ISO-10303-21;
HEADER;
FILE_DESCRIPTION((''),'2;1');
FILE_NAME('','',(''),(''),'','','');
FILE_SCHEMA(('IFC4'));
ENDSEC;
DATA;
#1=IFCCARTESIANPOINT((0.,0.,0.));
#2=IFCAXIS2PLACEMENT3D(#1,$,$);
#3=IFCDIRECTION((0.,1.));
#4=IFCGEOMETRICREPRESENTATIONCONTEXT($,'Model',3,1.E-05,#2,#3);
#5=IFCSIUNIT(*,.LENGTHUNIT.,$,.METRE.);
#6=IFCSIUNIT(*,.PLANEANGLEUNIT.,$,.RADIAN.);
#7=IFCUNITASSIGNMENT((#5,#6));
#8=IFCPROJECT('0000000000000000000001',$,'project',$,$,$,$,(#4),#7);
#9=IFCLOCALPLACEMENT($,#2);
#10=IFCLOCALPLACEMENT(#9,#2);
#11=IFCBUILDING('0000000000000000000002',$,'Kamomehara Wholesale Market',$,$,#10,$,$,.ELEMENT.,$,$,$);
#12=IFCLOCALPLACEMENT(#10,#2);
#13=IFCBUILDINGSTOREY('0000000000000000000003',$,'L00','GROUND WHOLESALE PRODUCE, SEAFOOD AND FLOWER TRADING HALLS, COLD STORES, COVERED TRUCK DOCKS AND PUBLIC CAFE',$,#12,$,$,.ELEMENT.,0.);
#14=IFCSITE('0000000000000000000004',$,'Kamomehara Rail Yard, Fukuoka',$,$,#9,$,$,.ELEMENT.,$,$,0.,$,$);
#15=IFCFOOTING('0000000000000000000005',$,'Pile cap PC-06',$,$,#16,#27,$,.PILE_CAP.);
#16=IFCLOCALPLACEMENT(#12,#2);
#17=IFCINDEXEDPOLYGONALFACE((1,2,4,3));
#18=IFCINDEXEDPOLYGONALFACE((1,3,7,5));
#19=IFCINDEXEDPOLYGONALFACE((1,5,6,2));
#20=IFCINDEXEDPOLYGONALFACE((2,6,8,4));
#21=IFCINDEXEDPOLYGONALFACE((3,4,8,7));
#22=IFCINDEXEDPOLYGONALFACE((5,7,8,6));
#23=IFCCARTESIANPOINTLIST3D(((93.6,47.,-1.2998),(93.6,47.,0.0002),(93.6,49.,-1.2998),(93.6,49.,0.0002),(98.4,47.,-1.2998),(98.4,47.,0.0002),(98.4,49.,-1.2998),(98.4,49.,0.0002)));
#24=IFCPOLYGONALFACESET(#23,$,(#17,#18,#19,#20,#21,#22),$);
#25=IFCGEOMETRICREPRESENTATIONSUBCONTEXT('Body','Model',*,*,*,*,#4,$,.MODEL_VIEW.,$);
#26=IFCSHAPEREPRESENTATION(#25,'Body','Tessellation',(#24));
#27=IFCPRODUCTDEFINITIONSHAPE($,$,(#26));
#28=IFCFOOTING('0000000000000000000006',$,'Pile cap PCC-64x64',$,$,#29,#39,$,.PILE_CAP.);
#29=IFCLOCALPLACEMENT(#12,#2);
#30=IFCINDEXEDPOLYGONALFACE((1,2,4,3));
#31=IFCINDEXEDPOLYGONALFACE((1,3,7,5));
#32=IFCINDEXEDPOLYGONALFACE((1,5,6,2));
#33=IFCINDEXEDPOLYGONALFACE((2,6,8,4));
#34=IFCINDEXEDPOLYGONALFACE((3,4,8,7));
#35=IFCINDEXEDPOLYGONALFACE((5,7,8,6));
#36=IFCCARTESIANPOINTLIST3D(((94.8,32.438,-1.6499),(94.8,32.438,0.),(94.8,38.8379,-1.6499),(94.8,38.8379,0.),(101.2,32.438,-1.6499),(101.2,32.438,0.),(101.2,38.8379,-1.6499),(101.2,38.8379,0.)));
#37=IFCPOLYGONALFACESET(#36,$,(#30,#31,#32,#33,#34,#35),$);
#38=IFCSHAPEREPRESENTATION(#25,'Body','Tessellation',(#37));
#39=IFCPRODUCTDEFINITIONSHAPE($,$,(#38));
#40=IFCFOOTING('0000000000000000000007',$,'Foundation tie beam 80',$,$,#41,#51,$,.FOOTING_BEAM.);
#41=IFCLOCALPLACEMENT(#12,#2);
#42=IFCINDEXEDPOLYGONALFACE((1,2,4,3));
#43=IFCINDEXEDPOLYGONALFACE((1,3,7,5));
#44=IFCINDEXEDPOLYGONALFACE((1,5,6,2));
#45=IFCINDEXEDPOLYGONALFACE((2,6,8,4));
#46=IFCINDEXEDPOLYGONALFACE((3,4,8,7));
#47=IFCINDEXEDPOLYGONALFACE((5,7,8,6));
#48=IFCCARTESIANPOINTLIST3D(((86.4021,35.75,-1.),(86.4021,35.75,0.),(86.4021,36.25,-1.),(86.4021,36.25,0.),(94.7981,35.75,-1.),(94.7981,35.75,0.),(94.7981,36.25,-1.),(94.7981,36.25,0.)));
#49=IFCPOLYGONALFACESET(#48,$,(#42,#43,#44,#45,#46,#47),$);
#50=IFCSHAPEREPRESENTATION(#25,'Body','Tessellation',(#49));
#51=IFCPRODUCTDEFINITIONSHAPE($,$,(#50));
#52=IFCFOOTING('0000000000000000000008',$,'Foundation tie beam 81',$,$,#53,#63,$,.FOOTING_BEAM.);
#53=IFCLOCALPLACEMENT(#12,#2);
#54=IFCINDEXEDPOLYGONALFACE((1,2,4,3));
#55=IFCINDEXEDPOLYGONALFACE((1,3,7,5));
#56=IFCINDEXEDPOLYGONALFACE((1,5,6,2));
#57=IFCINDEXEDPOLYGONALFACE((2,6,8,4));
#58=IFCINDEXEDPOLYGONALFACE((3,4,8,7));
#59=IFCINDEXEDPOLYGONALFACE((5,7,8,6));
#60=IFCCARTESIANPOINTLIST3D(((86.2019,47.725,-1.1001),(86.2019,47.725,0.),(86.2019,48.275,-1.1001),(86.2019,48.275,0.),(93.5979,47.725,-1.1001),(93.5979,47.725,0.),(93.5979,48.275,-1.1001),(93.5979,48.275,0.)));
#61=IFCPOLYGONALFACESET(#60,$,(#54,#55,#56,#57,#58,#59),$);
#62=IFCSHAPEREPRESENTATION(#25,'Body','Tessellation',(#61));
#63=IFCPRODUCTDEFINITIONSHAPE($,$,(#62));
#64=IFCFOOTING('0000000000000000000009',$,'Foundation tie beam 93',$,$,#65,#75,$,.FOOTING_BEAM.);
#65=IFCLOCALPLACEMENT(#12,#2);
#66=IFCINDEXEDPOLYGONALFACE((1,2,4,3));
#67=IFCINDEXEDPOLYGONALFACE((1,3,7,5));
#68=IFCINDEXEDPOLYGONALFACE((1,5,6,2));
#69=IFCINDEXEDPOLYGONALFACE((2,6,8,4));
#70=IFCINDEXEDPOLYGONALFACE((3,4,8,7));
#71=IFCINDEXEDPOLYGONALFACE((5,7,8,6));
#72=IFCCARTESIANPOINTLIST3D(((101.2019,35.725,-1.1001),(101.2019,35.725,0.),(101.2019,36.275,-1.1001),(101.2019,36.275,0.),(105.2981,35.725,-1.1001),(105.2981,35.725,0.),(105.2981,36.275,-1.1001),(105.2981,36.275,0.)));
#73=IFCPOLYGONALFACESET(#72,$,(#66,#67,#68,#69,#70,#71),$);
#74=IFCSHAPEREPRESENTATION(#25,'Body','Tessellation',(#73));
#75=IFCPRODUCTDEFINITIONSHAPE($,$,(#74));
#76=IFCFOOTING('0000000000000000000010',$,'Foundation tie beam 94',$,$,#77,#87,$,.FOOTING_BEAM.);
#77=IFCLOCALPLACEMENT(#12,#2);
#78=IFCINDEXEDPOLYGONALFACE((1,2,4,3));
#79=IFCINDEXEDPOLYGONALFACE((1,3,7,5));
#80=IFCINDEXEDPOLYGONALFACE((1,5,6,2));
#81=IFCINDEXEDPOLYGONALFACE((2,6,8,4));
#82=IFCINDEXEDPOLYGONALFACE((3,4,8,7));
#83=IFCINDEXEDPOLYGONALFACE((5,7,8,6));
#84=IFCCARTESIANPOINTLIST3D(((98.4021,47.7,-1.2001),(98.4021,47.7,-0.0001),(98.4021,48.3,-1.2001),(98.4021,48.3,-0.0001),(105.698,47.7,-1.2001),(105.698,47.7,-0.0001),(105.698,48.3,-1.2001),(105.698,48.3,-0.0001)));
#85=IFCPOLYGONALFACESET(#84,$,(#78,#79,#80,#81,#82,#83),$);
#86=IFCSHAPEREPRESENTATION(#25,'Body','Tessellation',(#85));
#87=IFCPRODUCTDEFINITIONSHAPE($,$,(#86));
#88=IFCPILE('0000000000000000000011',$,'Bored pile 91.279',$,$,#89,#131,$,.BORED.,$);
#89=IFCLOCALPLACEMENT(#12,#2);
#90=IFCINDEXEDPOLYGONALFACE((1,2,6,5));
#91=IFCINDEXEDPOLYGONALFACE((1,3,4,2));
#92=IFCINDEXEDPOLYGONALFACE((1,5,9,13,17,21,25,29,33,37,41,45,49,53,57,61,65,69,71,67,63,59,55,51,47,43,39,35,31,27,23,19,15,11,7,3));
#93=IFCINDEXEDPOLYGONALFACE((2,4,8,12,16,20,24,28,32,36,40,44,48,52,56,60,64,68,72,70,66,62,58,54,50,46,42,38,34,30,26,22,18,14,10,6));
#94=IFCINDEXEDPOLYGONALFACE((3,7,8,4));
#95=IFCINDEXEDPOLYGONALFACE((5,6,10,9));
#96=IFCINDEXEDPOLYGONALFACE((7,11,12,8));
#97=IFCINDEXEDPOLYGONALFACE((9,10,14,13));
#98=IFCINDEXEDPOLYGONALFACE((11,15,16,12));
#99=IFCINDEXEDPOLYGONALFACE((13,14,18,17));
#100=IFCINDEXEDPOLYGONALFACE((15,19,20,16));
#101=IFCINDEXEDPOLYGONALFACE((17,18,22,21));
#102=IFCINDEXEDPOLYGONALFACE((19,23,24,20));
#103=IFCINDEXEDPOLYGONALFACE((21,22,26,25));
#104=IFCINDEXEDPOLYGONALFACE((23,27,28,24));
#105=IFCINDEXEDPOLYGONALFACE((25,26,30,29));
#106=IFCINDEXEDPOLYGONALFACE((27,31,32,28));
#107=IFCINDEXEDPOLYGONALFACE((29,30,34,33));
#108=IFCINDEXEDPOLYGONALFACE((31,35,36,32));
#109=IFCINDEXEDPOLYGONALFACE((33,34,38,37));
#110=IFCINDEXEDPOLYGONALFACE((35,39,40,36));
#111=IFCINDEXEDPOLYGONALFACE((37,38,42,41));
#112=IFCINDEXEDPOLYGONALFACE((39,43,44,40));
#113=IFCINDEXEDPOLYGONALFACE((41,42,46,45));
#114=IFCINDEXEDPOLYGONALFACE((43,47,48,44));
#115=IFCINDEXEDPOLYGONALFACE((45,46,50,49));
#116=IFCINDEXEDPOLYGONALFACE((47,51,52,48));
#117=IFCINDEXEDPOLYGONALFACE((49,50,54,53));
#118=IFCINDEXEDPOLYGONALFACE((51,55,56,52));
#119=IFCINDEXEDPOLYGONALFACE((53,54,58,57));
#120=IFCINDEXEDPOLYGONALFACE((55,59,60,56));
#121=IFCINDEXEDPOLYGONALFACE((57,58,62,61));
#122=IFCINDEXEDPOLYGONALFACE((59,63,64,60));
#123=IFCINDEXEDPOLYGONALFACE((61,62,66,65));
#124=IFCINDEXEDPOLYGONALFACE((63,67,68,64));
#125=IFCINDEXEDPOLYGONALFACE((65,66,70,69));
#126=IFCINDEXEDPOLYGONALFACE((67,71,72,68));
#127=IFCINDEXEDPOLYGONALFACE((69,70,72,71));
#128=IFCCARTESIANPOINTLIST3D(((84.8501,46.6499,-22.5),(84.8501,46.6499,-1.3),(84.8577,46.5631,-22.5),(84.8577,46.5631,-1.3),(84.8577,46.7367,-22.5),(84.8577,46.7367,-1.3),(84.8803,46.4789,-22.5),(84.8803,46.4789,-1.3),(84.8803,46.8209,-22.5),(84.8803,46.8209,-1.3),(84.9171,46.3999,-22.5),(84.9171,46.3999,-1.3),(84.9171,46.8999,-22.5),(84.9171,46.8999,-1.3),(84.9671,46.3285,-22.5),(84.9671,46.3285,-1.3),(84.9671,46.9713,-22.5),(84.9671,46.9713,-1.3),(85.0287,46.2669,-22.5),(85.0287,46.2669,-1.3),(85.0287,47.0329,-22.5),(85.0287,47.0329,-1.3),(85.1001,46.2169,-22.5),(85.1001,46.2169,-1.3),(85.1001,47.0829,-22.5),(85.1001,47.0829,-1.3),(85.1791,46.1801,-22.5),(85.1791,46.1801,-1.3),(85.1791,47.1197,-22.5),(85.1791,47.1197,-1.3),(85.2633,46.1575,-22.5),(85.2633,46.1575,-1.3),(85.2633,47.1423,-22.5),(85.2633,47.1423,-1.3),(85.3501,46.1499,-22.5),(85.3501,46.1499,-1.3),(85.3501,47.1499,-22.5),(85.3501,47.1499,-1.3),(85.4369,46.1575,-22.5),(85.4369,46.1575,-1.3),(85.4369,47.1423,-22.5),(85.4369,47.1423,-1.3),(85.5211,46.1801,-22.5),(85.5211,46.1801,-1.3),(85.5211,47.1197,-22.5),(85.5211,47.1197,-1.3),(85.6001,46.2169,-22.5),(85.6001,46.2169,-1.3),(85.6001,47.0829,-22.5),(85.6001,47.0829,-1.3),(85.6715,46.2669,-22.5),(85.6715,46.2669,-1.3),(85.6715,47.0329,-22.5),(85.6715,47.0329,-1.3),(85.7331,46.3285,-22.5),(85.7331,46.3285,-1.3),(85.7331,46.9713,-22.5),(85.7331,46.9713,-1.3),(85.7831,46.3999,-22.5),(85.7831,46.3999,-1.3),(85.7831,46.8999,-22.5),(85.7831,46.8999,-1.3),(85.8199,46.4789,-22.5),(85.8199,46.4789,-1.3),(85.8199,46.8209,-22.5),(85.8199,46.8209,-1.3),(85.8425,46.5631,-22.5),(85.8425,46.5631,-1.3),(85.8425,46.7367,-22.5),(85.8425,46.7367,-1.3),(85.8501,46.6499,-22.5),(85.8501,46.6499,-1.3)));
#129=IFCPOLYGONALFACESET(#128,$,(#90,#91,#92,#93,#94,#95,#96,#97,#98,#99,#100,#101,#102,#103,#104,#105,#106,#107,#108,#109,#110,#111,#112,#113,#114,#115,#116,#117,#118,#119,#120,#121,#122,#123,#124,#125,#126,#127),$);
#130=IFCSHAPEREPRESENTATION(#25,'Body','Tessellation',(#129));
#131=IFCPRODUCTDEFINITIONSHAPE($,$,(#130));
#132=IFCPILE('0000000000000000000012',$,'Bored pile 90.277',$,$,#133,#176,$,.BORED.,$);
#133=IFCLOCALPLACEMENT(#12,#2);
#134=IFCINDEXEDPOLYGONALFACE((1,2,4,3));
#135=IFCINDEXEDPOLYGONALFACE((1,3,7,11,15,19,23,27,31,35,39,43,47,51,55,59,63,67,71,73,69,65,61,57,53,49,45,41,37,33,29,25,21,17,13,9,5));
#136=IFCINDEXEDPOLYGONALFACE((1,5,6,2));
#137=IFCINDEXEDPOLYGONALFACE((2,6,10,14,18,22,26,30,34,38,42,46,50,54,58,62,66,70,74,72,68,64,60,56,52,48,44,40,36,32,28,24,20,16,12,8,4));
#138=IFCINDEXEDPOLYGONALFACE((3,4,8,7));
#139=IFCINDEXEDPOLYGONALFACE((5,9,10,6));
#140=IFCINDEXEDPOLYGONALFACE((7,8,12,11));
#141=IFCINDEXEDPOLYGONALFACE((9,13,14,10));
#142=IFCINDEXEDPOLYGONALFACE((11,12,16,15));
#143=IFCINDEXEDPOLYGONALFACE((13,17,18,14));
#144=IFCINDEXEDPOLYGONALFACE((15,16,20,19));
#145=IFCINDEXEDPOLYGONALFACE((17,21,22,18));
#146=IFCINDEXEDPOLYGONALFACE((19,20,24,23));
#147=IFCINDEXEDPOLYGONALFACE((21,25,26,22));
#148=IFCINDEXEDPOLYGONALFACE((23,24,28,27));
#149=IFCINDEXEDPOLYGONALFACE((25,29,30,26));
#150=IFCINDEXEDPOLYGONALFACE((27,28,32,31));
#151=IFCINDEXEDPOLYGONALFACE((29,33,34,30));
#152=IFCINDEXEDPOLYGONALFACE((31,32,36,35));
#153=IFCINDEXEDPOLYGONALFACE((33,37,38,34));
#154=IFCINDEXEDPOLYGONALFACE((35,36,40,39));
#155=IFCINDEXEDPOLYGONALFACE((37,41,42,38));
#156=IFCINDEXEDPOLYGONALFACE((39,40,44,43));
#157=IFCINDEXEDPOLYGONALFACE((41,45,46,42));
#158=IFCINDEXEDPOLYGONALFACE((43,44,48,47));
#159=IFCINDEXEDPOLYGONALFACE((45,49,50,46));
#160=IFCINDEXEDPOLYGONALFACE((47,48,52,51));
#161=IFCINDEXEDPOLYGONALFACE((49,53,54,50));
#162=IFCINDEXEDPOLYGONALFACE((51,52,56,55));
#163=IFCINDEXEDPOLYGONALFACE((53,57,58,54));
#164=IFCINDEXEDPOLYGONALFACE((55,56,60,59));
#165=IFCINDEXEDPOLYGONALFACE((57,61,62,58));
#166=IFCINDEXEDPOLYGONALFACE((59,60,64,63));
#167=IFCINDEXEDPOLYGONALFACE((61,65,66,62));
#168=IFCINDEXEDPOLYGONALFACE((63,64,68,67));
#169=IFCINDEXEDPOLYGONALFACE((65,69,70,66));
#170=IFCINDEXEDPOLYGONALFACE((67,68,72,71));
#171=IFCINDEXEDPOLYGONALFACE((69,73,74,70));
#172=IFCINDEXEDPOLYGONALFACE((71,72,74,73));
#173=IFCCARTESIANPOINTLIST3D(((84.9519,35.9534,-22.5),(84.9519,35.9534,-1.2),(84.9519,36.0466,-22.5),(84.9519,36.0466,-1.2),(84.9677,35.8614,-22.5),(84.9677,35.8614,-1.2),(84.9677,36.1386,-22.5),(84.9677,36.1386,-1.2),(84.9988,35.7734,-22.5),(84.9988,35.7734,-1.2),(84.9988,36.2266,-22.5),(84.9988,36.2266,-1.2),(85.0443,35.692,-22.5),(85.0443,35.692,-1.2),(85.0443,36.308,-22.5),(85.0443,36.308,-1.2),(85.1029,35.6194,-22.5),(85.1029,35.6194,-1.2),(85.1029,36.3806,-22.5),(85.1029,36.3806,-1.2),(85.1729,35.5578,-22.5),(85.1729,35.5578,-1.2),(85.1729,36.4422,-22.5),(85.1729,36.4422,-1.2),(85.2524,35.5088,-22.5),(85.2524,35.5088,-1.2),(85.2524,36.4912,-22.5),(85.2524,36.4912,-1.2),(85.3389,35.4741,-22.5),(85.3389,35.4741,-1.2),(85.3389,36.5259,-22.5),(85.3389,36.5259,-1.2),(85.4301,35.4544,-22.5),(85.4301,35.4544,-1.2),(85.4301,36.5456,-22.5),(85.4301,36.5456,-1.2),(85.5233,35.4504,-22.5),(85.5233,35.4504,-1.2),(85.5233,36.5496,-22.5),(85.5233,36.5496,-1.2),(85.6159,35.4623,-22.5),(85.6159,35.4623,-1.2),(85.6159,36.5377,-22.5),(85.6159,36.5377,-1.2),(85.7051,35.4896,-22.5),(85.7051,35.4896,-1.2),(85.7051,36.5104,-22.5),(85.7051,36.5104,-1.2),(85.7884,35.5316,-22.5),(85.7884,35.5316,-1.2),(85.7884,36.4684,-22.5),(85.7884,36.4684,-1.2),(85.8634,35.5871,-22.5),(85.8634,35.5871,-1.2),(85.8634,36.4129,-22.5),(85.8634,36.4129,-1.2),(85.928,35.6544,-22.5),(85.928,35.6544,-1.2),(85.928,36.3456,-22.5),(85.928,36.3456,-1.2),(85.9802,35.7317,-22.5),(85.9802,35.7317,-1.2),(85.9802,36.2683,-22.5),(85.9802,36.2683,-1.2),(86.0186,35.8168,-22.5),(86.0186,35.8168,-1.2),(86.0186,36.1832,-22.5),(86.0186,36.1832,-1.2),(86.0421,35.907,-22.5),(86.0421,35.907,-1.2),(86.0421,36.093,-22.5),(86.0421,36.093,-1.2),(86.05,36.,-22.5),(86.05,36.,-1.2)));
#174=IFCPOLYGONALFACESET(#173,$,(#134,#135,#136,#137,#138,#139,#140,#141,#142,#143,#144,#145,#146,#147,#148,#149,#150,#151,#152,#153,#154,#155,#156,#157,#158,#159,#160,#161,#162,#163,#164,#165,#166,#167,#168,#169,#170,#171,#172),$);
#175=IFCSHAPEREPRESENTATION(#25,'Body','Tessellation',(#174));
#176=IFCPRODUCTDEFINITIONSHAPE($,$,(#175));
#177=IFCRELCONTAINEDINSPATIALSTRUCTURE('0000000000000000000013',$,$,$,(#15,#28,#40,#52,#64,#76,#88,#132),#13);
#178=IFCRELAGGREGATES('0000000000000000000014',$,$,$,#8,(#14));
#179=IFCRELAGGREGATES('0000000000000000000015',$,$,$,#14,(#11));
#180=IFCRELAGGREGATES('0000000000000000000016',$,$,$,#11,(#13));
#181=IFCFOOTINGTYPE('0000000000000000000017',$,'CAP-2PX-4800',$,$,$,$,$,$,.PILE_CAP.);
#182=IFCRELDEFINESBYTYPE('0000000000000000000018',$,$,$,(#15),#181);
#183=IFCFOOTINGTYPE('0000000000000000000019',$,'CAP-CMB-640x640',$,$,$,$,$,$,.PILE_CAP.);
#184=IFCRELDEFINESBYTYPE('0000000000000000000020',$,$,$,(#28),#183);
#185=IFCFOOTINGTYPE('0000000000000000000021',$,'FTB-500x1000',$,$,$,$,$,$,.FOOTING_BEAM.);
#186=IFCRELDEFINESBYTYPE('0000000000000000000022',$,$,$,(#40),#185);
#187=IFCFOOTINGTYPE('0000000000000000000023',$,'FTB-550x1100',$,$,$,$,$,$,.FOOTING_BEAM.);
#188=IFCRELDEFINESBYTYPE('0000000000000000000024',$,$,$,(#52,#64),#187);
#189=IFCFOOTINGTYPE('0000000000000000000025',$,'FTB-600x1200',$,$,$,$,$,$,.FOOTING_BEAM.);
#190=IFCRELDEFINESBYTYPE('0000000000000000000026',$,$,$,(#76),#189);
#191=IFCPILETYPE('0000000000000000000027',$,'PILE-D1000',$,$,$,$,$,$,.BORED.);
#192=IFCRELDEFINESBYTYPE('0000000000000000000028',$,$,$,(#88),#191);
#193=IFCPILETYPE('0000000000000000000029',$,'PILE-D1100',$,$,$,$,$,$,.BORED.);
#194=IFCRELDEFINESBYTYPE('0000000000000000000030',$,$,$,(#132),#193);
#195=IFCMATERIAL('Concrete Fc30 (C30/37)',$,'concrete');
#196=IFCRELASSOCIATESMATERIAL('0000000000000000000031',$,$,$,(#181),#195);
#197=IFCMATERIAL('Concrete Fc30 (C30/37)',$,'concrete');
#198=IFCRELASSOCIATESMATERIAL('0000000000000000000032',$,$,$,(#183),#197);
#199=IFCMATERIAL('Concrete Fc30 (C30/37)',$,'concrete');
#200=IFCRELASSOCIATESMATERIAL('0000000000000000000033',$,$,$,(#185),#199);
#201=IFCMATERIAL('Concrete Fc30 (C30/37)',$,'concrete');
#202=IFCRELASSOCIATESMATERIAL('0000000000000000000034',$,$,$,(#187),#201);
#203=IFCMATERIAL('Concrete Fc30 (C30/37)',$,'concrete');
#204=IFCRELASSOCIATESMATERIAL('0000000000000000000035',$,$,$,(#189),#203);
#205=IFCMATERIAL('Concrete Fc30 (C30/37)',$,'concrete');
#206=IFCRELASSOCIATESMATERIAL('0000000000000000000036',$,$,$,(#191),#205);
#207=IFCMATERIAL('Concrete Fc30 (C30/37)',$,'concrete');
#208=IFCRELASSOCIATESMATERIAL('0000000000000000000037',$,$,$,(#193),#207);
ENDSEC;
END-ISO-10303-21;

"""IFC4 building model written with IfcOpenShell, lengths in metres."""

from ifc_helpers import new_model, si_unit, direction, frame, origin, origin_2d, place, context, subcontext, project, spatial, rectangle, circle, extrude, material, material_profile, profile_set, type_object, element, save


model = new_model("IFC4")

# Units and contexts
model_context = context("Model", 3, precision=1e-05, world=origin(), true_north=direction((0.0, 1.0)))
body_context = subcontext(model_context, "Body", "Model", "MODEL_VIEW")
ifc_project = project(units=[si_unit("LENGTHUNIT", "METRE"), si_unit("PLANEANGLEUNIT", "RADIAN")], contexts=[model_context])

# Site, building, storey
site_placement = place(None, origin())
site = spatial("IfcSite", under=ifc_project, at=site_placement, Name="Kamomehara Rail Yard, Fukuoka", CompositionType="ELEMENT", RefElevation=0.0)
building_placement = place(site_placement, origin())
building = spatial("IfcBuilding", under=site, at=building_placement, Name="Kamomehara Wholesale Market", CompositionType="ELEMENT")
storey_placement = place(building_placement, origin())
storey = spatial("IfcBuildingStorey", under=building, at=storey_placement, Name="L00", Description="GROUND WHOLESALE PRODUCE, SEAFOOD AND FLOWER TRADING HALLS, COLD STORES, COVERED TRUCK DOCKS AND PUBLIC CAFE", CompositionType="ELEMENT", Elevation=0.0)

# Footings
ifc_material_1 = material(Name="Concrete Fc30 (C30/37)", Category="concrete")
footing_type_1 = type_object("IfcFootingType", Name="CAP-2PX-4800", PredefinedType="PILE_CAP", material=ifc_material_1)
footing_1_placement = place(storey_placement, frame((96.0, 48.0, -1.2998), z_axis=(0.0, 0.0, 1.0), x_axis=(1.0, 0.0, 0.0)))
element("IfcFooting", 1, at=footing_1_placement, inside=storey, type_object=footing_type_1, Name="Pile cap PC-06", PredefinedType="PILE_CAP", context=body_context, shape_type="SweptSolid", body=[
    extrude(rectangle(XDim=4.8, YDim=2.0, at=origin_2d()), origin(), (0.0, 0.0, 1.0), 1.3),
])
ifc_material_2 = material(Name="Concrete Fc30 (C30/37)", Category="concrete")
footing_type_2 = type_object("IfcFootingType", Name="CAP-CMB-640x640", PredefinedType="PILE_CAP", material=ifc_material_2)
footing_2_placement = place(storey_placement, frame((98.0, 35.6379, -1.6499), z_axis=(0.0, 0.0, 1.0), x_axis=(1.0, 0.0, 0.0)))
element("IfcFooting", 2, at=footing_2_placement, inside=storey, type_object=footing_type_2, Name="Pile cap PCC-64x64", PredefinedType="PILE_CAP", context=body_context, shape_type="SweptSolid", body=[
    extrude(rectangle(XDim=6.3999, YDim=6.3999, at=origin_2d()), origin(), (0.0, 0.0, 1.0), 1.6499),
])
ifc_material_3 = material(Name="Concrete Fc30 (C30/37)", Category="concrete")
ifc_material_profile_1 = material_profile(ifc_material_3, rectangle(XDim=0.5, YDim=1.0, at=origin_2d()), Name="RC-FTB-500x1000")
ifc_profile_set_1 = profile_set([ifc_material_profile_1], Name="Concrete Fc30 (C30/37)")
footing_type_3 = type_object("IfcFootingType", Name="FTB-500x1000", PredefinedType="FOOTING_BEAM", material=ifc_profile_set_1)
footing_3_placement = place(storey_placement, frame((86.4021, 36.0, -0.5), z_axis=(1.0, 0.0, 0.0), x_axis=(0.0, 1.0, 0.0)))
element("IfcFooting", 3, at=footing_3_placement, inside=storey, type_object=footing_type_3, Name="Foundation tie beam 80", PredefinedType="FOOTING_BEAM", context=body_context, shape_type="SweptSolid", body=[
    extrude(rectangle(XDim=0.5, YDim=1.0, at=origin_2d()), origin(), (0.0, 0.0, 1.0), 8.396),
])
ifc_material_4 = material(Name="Concrete Fc30 (C30/37)", Category="concrete")
ifc_material_profile_2 = material_profile(ifc_material_4, rectangle(XDim=0.55, YDim=1.1001, at=origin_2d()), Name="RC-FTB-550x1100")
ifc_profile_set_2 = profile_set([ifc_material_profile_2], Name="Concrete Fc30 (C30/37)")
footing_type_4 = type_object("IfcFootingType", Name="FTB-550x1100", PredefinedType="FOOTING_BEAM", material=ifc_profile_set_2)
footing_4_placement = place(storey_placement, frame((86.2019, 48.0, -0.55), z_axis=(1.0, 0.0, 0.0), x_axis=(0.0, 1.0, 0.0)))
element("IfcFooting", 4, at=footing_4_placement, inside=storey, type_object=footing_type_4, Name="Foundation tie beam 81", PredefinedType="FOOTING_BEAM", context=body_context, shape_type="SweptSolid", body=[
    extrude(rectangle(XDim=0.55, YDim=1.1001, at=origin_2d()), origin(), (0.0, 0.0, 1.0), 7.396),
])
footing_5_placement = place(storey_placement, frame((101.2019, 36.0, -0.55), z_axis=(1.0, 0.0, 0.0), x_axis=(0.0, 1.0, 0.0)))
element("IfcFooting", 5, at=footing_5_placement, inside=storey, type_object=footing_type_4, Name="Foundation tie beam 93", PredefinedType="FOOTING_BEAM", context=body_context, shape_type="SweptSolid", body=[
    extrude(rectangle(XDim=0.55, YDim=1.1001, at=origin_2d()), origin(), (0.0, 0.0, 1.0), 4.0962),
])
ifc_material_5 = material(Name="Concrete Fc30 (C30/37)", Category="concrete")
ifc_material_profile_3 = material_profile(ifc_material_5, rectangle(XDim=0.6001, YDim=1.2, at=origin_2d()), Name="RC-FTB-600x1200")
ifc_profile_set_3 = profile_set([ifc_material_profile_3], Name="Concrete Fc30 (C30/37)")
footing_type_5 = type_object("IfcFootingType", Name="FTB-600x1200", PredefinedType="FOOTING_BEAM", material=ifc_profile_set_3)
footing_6_placement = place(storey_placement, frame((98.4021, 48.0, -0.6001), z_axis=(1.0, 0.0, 0.0), x_axis=(0.0, 1.0, 0.0)))
element("IfcFooting", 6, at=footing_6_placement, inside=storey, type_object=footing_type_5, Name="Foundation tie beam 94", PredefinedType="FOOTING_BEAM", context=body_context, shape_type="SweptSolid", body=[
    extrude(rectangle(XDim=0.6001, YDim=1.2, at=origin_2d()), origin(), (0.0, 0.0, 1.0), 7.2959),
])

# Piles
ifc_material_6 = material(Name="Concrete Fc30 (C30/37)", Category="concrete")
ifc_material_profile_4 = material_profile(ifc_material_6, circle(Radius=0.5, at=origin_2d()), Name="RC-PILE-D1000")
ifc_profile_set_4 = profile_set([ifc_material_profile_4], Name="Concrete Fc30 (C30/37)")
pile_type_1 = type_object("IfcPileType", Name="PILE-D1000", PredefinedType="BORED", material=ifc_profile_set_4)
pile_1_placement = place(storey_placement, frame((85.3501, 46.6499, -1.3), z_axis=(0.0, 0.0, -1.0), x_axis=(1.0, 0.0, 0.0)))
element("IfcPile", 7, at=pile_1_placement, inside=storey, type_object=pile_type_1, Name="Bored pile 91.279", PredefinedType="BORED", context=body_context, shape_type="SweptSolid", body=[
    extrude(circle(Radius=0.5, at=origin_2d()), origin(), (0.0, 0.0, 1.0), 21.2),
])
ifc_material_7 = material(Name="Concrete Fc30 (C30/37)", Category="concrete")
ifc_material_profile_5 = material_profile(ifc_material_7, circle(Radius=0.55, at=origin_2d()), Name="RC-PILE-D1100")
ifc_profile_set_5 = profile_set([ifc_material_profile_5], Name="Concrete Fc30 (C30/37)")
pile_type_2 = type_object("IfcPileType", Name="PILE-D1100", PredefinedType="BORED", material=ifc_profile_set_5)
pile_2_placement = place(storey_placement, frame((85.5, 36.0, -1.2), z_axis=(0.0, 0.0, -1.0), x_axis=(1.0, 0.0, 0.0)))
element("IfcPile", 8, at=pile_2_placement, inside=storey, type_object=pile_type_2, Name="Bored pile 90.277", PredefinedType="BORED", context=body_context, shape_type="SweptSolid", body=[
    extrude(circle(Radius=0.55, at=origin_2d()), origin(), (0.0, 0.0, 1.0), 21.3),
])

save(model, "model.ifc")
